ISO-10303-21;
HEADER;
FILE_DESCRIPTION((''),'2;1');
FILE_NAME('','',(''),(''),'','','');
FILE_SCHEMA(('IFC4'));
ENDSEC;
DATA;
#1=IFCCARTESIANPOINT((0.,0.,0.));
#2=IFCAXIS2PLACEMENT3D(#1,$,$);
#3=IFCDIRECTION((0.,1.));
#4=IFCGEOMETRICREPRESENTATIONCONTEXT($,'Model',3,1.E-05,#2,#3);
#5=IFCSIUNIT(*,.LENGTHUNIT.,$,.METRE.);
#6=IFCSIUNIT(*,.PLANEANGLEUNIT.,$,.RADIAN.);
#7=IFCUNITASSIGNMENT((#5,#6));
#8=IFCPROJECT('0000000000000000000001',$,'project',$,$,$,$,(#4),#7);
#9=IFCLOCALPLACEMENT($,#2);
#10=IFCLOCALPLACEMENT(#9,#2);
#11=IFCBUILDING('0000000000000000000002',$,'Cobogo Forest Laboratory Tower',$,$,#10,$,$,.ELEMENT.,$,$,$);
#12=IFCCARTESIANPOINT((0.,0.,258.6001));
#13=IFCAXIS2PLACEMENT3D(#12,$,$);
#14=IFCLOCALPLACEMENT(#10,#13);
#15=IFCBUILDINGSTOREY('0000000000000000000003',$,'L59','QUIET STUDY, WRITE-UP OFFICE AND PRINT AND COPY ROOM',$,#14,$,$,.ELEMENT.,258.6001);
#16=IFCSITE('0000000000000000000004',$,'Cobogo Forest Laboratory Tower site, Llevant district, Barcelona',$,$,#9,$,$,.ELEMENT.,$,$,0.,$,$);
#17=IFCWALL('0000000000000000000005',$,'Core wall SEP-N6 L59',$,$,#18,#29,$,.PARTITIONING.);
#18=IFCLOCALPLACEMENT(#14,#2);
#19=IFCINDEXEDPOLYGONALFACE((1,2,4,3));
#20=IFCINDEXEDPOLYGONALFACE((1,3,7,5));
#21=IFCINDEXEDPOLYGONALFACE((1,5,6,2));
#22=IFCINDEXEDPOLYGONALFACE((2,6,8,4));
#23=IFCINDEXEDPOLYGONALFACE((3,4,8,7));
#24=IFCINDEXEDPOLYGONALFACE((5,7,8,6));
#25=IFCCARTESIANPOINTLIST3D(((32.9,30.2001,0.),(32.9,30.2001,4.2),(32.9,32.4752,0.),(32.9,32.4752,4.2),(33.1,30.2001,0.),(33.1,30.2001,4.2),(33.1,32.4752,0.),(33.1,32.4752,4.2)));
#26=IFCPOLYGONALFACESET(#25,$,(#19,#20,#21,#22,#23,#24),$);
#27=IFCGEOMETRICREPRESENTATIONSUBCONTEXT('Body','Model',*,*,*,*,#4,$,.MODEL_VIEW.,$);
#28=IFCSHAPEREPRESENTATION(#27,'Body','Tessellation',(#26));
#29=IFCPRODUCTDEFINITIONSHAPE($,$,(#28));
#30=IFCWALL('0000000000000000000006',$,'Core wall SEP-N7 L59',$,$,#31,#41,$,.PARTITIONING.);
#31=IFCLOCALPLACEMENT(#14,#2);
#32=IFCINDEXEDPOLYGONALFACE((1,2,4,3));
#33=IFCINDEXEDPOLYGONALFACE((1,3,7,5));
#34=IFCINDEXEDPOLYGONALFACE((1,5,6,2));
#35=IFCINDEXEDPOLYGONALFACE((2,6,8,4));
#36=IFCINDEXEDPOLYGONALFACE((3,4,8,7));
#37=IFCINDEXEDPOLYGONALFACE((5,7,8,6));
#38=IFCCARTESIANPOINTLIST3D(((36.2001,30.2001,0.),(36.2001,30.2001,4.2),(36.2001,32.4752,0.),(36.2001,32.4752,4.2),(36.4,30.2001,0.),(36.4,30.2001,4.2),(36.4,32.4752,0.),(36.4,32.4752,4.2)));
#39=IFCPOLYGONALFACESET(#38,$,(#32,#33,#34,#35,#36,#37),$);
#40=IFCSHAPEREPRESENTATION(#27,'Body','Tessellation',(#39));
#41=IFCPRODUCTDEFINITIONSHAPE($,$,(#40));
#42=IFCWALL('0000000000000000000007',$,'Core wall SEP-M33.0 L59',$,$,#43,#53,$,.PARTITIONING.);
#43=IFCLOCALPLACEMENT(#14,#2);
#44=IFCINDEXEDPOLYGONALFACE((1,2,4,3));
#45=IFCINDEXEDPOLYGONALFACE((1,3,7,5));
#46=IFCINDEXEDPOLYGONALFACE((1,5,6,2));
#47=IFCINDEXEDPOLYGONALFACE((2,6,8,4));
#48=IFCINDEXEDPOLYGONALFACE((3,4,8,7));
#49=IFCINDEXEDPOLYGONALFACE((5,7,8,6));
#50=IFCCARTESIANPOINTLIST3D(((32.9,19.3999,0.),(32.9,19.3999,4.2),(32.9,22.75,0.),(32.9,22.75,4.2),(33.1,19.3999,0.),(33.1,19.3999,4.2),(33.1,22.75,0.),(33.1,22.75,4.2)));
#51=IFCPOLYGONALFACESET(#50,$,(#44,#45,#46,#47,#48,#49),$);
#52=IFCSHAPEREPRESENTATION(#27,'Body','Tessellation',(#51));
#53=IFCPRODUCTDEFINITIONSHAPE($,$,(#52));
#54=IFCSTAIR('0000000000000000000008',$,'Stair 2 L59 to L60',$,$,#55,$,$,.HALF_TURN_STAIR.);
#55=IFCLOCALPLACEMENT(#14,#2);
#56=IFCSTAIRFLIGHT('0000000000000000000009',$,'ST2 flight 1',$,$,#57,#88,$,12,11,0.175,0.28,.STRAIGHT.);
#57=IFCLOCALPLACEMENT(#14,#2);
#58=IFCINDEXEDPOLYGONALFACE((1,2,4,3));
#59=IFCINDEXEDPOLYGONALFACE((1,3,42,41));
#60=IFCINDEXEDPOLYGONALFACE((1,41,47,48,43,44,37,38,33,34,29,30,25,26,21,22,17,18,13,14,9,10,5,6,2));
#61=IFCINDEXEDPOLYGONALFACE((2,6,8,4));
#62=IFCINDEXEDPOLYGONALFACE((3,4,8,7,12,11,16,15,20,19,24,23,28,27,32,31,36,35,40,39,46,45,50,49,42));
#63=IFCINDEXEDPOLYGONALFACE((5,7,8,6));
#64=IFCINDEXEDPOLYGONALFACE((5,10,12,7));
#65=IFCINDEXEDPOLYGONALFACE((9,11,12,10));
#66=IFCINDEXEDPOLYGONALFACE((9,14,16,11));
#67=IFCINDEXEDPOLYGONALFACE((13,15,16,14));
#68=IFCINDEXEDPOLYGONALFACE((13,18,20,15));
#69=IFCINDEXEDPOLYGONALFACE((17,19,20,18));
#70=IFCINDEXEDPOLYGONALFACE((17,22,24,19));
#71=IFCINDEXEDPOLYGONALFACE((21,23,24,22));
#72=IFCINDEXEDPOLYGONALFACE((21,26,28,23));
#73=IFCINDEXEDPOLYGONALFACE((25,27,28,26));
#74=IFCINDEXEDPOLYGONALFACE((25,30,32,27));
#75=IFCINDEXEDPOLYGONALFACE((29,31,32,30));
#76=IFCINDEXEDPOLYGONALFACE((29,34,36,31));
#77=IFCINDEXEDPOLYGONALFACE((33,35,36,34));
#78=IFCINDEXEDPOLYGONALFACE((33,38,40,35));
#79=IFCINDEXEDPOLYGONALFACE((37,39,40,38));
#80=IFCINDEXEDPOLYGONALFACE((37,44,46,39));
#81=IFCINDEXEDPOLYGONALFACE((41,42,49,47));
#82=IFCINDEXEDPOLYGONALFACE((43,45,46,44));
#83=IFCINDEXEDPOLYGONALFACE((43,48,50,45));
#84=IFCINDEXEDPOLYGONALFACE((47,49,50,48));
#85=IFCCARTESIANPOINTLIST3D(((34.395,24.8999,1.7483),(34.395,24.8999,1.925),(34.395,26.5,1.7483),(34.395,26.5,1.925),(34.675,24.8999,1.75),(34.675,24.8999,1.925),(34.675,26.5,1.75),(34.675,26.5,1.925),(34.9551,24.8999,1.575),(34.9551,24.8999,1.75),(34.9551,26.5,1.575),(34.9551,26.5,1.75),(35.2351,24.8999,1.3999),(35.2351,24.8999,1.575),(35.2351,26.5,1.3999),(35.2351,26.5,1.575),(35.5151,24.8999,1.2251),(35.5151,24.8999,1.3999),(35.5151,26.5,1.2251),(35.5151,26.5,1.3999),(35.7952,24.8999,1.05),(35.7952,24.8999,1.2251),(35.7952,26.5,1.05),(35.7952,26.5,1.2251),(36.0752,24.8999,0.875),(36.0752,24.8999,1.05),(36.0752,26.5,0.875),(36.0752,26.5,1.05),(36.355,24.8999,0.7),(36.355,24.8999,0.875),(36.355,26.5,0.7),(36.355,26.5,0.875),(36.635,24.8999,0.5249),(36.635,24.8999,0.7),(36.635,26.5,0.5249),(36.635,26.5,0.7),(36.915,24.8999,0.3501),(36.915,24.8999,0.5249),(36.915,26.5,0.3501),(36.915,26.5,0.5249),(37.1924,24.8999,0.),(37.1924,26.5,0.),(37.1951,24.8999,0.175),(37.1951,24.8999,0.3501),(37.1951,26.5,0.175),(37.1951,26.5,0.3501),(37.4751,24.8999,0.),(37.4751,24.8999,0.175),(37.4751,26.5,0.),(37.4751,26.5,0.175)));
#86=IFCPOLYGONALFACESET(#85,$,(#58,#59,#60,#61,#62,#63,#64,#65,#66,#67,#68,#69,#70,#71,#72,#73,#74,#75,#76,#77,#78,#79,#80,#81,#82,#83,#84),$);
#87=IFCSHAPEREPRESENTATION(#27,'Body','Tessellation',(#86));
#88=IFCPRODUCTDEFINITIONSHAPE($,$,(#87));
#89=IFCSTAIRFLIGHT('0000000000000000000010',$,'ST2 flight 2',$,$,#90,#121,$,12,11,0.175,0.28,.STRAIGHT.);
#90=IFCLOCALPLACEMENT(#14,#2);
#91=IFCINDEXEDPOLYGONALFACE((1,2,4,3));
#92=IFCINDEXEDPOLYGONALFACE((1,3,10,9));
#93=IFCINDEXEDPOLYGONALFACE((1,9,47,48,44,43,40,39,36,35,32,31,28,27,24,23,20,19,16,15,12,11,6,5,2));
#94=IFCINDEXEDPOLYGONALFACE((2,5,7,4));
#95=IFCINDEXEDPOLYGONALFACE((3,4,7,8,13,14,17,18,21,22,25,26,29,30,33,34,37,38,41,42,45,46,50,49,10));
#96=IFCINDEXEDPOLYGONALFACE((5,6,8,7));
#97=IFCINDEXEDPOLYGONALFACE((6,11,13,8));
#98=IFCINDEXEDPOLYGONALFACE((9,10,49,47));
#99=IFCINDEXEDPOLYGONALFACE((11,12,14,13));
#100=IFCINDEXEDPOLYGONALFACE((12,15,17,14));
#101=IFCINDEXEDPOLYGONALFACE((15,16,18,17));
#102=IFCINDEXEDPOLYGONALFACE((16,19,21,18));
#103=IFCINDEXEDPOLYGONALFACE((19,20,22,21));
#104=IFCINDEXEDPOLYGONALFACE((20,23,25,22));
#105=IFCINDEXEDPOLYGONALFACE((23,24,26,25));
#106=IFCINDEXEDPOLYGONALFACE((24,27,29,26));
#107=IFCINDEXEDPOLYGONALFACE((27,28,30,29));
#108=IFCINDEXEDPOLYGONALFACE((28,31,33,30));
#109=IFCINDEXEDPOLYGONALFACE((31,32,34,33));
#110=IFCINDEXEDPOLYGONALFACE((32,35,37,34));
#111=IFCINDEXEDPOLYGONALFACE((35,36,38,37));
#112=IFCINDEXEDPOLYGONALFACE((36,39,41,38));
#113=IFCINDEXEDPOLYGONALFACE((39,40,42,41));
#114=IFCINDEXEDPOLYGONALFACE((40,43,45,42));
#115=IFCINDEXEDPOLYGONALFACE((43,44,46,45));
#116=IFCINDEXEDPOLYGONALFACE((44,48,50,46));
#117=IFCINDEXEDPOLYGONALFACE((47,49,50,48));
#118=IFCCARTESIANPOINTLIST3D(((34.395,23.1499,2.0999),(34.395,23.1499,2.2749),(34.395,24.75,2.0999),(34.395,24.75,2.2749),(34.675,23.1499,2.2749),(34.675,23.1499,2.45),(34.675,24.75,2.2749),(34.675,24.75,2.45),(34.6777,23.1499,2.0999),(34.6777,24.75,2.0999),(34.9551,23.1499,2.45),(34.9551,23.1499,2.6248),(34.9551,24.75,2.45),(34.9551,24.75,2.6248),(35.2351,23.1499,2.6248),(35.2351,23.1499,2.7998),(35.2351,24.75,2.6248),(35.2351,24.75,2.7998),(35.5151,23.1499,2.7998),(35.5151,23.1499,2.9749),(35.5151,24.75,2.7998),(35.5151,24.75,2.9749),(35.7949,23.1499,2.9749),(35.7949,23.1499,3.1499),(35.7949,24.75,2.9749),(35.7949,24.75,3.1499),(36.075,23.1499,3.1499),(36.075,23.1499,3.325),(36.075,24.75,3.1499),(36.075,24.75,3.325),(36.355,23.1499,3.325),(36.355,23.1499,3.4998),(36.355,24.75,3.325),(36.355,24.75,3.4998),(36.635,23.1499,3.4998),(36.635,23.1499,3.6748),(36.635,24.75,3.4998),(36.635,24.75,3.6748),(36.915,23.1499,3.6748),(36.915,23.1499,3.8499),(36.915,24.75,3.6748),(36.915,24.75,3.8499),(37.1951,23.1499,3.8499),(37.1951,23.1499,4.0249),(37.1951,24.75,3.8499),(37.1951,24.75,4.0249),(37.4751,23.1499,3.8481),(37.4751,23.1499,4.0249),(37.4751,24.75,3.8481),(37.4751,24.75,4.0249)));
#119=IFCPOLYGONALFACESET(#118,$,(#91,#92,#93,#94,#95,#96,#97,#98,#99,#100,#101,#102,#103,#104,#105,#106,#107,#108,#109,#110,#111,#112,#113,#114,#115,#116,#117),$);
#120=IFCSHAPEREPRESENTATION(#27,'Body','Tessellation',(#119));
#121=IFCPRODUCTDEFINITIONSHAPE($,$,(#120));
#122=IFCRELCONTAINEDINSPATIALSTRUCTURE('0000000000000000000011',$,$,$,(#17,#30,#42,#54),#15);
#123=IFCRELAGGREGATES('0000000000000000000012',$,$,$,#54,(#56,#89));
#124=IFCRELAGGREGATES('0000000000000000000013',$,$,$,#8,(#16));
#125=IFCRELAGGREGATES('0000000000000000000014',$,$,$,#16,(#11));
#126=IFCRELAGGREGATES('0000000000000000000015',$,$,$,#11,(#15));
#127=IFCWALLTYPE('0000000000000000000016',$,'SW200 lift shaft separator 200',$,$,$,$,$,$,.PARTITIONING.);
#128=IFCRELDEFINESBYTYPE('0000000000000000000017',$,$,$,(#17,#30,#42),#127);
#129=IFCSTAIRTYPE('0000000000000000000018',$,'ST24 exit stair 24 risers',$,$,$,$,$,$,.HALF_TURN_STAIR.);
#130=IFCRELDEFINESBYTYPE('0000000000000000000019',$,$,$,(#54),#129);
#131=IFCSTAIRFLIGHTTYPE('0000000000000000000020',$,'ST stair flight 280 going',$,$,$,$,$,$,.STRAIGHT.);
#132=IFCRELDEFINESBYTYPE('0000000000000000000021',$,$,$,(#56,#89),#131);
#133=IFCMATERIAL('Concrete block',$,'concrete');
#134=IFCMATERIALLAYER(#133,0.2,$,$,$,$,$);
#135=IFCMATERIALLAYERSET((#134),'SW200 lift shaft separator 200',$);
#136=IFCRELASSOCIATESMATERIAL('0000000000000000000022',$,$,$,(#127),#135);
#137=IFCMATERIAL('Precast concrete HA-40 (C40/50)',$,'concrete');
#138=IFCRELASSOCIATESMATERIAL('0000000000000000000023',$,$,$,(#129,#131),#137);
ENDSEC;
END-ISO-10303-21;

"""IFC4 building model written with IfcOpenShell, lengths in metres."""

from ifc_helpers import new_model, si_unit, direction, frame, frame_2d, origin, place, context, subcontext, project, spatial, polyline, rectangle, outline, extrude, material, layer, layer_set, type_object, element, aggregate, save


model = new_model("IFC4")

# Units and contexts
model_context = context("Model", 3, precision=1e-05, world=origin(), true_north=direction((0.0, 1.0)))
body_context = subcontext(model_context, "Body", "Model", "MODEL_VIEW")
ifc_project = project(units=[si_unit("LENGTHUNIT", "METRE"), si_unit("PLANEANGLEUNIT", "RADIAN")], contexts=[model_context])

# Site, building, storey
site_placement = place(None, origin())
site = spatial("IfcSite", under=ifc_project, at=site_placement, Name="Cobogo Forest Laboratory Tower site, Llevant district, Barcelona", CompositionType="ELEMENT", RefElevation=0.0)
building_placement = place(site_placement, origin())
building = spatial("IfcBuilding", under=site, at=building_placement, Name="Cobogo Forest Laboratory Tower", CompositionType="ELEMENT")
storey_placement = place(building_placement, frame((0.0, 0.0, 258.6001)))
storey = spatial("IfcBuildingStorey", under=building, at=storey_placement, Name="L59", Description="QUIET STUDY, WRITE-UP OFFICE AND PRINT AND COPY ROOM", CompositionType="ELEMENT", Elevation=258.6001)

# Walls
ifc_material_1 = material(Name="Concrete block", Category="concrete")
ifc_layer_1 = layer(ifc_material_1, 0.2)
ifc_layer_set_1 = layer_set([ifc_layer_1], Name="SW200 lift shaft separator 200")
wall_type_1 = type_object("IfcWallType", Name="SW200 lift shaft separator 200", PredefinedType="PARTITIONING", material=ifc_layer_set_1)
for number, where, z_axis, x_axis, name in (
    (1, (33.0, 30.2, 0.0), (0.0, 0.0, 1.0), (0.0, 1.0, 0.0), "Core wall SEP-N6 L59"),
    (2, (36.3, 30.2, 0.0), (0.0, 0.0, 1.0), (0.0, 1.0, 0.0), "Core wall SEP-N7 L59"),
):
    element("IfcWall", number, at=place(storey_placement, frame(where, z_axis=z_axis, x_axis=x_axis)), inside=storey, type_object=wall_type_1, Name=name, PredefinedType="PARTITIONING", context=body_context, shape_type="SweptSolid", body=[
        extrude(rectangle(XDim=2.2751, YDim=0.2, at=frame_2d((1.1377, 0.0))), origin(), (0.0, 0.0, 1.0), 4.2),
    ])
wall_1_placement = place(storey_placement, frame((33.0, 19.3999, 0.0), z_axis=(0.0, 0.0, 1.0), x_axis=(0.0, 1.0, 0.0)))
element("IfcWall", 3, at=wall_1_placement, inside=storey, type_object=wall_type_1, Name="Core wall SEP-M33.0 L59", PredefinedType="PARTITIONING", context=body_context, shape_type="SweptSolid", body=[
    extrude(rectangle(XDim=3.3501, YDim=0.2, at=frame_2d((1.675, 0.0))), origin(), (0.0, 0.0, 1.0), 4.2),
])

# Stair, stair flights
ifc_material_2 = material(Name="Precast concrete HA-40 (C40/50)", Category="concrete")
stair_type = type_object("IfcStairType", Name="ST24 exit stair 24 risers", PredefinedType="HALF_TURN_STAIR", material=ifc_material_2)
stair_placement = place(storey_placement, origin())
stair = element("IfcStair", 4, at=stair_placement, inside=storey, type_object=stair_type, Name="Stair 2 L59 to L60", PredefinedType="HALF_TURN_STAIR")
stair_flight_type = type_object("IfcStairFlightType", Name="ST stair flight 280 going", PredefinedType="STRAIGHT", material=ifc_material_2)
stair_flight_1_placement = place(storey_placement, frame((37.4751, 25.7, 0.0), z_axis=(0.0, 0.0, 1.0), x_axis=(-1.0, 0.0, 0.0)))
stair_flight_1 = element("IfcStairFlight", 5, at=stair_flight_1_placement, type_object=stair_flight_type, Name="ST2 flight 1", NumberOfRisers=12, NumberOfTreads=11, PredefinedType="STRAIGHT", RiserHeight=0.175, TreadLength=0.28, context=body_context, shape_type="SweptSolid", body=[
    extrude(outline(polyline([(0.0, 0.0), (0.0, 0.175), (0.28, 0.175), (0.28, 0.3501), (0.5601, 0.3501), (0.5601, 0.5249), (0.8401, 0.5249), (0.8401, 0.7), (1.1201, 0.7), (1.1201, 0.875), (1.3999, 0.875), (1.3999, 1.05), (1.6799, 1.05), (1.6799, 1.2251), (1.96, 1.2251), (1.96, 1.3999), (2.24, 1.3999), (2.24, 1.575), (2.52, 1.575), (2.52, 1.75), (2.8, 1.75), (2.8, 1.925), (3.0801, 1.925), (3.0801, 2.1001), (3.0801, 1.7483), (0.2827, 0.0), (0.0, 0.0)])), frame((0.0, 0.8, 0.0), z_axis=(0.0, -1.0, 0.0), x_axis=(1.0, 0.0, 0.0)), (0.0, 0.0, 1.0), 1.6001),
])
stair_flight_2_placement = place(storey_placement, frame((34.395, 23.95, 2.0999), z_axis=(0.0, 0.0, 1.0), x_axis=(1.0, 0.0, 0.0)))
stair_flight_2 = element("IfcStairFlight", 6, at=stair_flight_2_placement, type_object=stair_flight_type, Name="ST2 flight 2", NumberOfRisers=12, NumberOfTreads=11, PredefinedType="STRAIGHT", RiserHeight=0.175, TreadLength=0.28, context=body_context, shape_type="SweptSolid", body=[
    extrude(outline(polyline([(0.0, 0.0), (0.0, 0.175), (0.28, 0.175), (0.28, 0.3501), (0.5601, 0.3501), (0.5601, 0.5249), (0.8401, 0.5249), (0.8401, 0.7), (1.1201, 0.7), (1.1201, 0.875), (1.3999, 0.875), (1.3999, 1.05), (1.6799, 1.05), (1.6799, 1.2251), (1.96, 1.2251), (1.96, 1.3999), (2.24, 1.3999), (2.24, 1.575), (2.52, 1.575), (2.52, 1.75), (2.8, 1.75), (2.8, 1.925), (3.0801, 1.925), (3.0801, 2.1001), (3.0801, 1.7483), (0.2827, 0.0), (0.0, 0.0)])), frame((0.0, 0.8, 0.0), z_axis=(0.0, -1.0, 0.0), x_axis=(1.0, 0.0, 0.0)), (0.0, 0.0, 1.0), 1.6001),
])
aggregate(stair, [stair_flight_1, stair_flight_2])

save(model, "model.ifc")
